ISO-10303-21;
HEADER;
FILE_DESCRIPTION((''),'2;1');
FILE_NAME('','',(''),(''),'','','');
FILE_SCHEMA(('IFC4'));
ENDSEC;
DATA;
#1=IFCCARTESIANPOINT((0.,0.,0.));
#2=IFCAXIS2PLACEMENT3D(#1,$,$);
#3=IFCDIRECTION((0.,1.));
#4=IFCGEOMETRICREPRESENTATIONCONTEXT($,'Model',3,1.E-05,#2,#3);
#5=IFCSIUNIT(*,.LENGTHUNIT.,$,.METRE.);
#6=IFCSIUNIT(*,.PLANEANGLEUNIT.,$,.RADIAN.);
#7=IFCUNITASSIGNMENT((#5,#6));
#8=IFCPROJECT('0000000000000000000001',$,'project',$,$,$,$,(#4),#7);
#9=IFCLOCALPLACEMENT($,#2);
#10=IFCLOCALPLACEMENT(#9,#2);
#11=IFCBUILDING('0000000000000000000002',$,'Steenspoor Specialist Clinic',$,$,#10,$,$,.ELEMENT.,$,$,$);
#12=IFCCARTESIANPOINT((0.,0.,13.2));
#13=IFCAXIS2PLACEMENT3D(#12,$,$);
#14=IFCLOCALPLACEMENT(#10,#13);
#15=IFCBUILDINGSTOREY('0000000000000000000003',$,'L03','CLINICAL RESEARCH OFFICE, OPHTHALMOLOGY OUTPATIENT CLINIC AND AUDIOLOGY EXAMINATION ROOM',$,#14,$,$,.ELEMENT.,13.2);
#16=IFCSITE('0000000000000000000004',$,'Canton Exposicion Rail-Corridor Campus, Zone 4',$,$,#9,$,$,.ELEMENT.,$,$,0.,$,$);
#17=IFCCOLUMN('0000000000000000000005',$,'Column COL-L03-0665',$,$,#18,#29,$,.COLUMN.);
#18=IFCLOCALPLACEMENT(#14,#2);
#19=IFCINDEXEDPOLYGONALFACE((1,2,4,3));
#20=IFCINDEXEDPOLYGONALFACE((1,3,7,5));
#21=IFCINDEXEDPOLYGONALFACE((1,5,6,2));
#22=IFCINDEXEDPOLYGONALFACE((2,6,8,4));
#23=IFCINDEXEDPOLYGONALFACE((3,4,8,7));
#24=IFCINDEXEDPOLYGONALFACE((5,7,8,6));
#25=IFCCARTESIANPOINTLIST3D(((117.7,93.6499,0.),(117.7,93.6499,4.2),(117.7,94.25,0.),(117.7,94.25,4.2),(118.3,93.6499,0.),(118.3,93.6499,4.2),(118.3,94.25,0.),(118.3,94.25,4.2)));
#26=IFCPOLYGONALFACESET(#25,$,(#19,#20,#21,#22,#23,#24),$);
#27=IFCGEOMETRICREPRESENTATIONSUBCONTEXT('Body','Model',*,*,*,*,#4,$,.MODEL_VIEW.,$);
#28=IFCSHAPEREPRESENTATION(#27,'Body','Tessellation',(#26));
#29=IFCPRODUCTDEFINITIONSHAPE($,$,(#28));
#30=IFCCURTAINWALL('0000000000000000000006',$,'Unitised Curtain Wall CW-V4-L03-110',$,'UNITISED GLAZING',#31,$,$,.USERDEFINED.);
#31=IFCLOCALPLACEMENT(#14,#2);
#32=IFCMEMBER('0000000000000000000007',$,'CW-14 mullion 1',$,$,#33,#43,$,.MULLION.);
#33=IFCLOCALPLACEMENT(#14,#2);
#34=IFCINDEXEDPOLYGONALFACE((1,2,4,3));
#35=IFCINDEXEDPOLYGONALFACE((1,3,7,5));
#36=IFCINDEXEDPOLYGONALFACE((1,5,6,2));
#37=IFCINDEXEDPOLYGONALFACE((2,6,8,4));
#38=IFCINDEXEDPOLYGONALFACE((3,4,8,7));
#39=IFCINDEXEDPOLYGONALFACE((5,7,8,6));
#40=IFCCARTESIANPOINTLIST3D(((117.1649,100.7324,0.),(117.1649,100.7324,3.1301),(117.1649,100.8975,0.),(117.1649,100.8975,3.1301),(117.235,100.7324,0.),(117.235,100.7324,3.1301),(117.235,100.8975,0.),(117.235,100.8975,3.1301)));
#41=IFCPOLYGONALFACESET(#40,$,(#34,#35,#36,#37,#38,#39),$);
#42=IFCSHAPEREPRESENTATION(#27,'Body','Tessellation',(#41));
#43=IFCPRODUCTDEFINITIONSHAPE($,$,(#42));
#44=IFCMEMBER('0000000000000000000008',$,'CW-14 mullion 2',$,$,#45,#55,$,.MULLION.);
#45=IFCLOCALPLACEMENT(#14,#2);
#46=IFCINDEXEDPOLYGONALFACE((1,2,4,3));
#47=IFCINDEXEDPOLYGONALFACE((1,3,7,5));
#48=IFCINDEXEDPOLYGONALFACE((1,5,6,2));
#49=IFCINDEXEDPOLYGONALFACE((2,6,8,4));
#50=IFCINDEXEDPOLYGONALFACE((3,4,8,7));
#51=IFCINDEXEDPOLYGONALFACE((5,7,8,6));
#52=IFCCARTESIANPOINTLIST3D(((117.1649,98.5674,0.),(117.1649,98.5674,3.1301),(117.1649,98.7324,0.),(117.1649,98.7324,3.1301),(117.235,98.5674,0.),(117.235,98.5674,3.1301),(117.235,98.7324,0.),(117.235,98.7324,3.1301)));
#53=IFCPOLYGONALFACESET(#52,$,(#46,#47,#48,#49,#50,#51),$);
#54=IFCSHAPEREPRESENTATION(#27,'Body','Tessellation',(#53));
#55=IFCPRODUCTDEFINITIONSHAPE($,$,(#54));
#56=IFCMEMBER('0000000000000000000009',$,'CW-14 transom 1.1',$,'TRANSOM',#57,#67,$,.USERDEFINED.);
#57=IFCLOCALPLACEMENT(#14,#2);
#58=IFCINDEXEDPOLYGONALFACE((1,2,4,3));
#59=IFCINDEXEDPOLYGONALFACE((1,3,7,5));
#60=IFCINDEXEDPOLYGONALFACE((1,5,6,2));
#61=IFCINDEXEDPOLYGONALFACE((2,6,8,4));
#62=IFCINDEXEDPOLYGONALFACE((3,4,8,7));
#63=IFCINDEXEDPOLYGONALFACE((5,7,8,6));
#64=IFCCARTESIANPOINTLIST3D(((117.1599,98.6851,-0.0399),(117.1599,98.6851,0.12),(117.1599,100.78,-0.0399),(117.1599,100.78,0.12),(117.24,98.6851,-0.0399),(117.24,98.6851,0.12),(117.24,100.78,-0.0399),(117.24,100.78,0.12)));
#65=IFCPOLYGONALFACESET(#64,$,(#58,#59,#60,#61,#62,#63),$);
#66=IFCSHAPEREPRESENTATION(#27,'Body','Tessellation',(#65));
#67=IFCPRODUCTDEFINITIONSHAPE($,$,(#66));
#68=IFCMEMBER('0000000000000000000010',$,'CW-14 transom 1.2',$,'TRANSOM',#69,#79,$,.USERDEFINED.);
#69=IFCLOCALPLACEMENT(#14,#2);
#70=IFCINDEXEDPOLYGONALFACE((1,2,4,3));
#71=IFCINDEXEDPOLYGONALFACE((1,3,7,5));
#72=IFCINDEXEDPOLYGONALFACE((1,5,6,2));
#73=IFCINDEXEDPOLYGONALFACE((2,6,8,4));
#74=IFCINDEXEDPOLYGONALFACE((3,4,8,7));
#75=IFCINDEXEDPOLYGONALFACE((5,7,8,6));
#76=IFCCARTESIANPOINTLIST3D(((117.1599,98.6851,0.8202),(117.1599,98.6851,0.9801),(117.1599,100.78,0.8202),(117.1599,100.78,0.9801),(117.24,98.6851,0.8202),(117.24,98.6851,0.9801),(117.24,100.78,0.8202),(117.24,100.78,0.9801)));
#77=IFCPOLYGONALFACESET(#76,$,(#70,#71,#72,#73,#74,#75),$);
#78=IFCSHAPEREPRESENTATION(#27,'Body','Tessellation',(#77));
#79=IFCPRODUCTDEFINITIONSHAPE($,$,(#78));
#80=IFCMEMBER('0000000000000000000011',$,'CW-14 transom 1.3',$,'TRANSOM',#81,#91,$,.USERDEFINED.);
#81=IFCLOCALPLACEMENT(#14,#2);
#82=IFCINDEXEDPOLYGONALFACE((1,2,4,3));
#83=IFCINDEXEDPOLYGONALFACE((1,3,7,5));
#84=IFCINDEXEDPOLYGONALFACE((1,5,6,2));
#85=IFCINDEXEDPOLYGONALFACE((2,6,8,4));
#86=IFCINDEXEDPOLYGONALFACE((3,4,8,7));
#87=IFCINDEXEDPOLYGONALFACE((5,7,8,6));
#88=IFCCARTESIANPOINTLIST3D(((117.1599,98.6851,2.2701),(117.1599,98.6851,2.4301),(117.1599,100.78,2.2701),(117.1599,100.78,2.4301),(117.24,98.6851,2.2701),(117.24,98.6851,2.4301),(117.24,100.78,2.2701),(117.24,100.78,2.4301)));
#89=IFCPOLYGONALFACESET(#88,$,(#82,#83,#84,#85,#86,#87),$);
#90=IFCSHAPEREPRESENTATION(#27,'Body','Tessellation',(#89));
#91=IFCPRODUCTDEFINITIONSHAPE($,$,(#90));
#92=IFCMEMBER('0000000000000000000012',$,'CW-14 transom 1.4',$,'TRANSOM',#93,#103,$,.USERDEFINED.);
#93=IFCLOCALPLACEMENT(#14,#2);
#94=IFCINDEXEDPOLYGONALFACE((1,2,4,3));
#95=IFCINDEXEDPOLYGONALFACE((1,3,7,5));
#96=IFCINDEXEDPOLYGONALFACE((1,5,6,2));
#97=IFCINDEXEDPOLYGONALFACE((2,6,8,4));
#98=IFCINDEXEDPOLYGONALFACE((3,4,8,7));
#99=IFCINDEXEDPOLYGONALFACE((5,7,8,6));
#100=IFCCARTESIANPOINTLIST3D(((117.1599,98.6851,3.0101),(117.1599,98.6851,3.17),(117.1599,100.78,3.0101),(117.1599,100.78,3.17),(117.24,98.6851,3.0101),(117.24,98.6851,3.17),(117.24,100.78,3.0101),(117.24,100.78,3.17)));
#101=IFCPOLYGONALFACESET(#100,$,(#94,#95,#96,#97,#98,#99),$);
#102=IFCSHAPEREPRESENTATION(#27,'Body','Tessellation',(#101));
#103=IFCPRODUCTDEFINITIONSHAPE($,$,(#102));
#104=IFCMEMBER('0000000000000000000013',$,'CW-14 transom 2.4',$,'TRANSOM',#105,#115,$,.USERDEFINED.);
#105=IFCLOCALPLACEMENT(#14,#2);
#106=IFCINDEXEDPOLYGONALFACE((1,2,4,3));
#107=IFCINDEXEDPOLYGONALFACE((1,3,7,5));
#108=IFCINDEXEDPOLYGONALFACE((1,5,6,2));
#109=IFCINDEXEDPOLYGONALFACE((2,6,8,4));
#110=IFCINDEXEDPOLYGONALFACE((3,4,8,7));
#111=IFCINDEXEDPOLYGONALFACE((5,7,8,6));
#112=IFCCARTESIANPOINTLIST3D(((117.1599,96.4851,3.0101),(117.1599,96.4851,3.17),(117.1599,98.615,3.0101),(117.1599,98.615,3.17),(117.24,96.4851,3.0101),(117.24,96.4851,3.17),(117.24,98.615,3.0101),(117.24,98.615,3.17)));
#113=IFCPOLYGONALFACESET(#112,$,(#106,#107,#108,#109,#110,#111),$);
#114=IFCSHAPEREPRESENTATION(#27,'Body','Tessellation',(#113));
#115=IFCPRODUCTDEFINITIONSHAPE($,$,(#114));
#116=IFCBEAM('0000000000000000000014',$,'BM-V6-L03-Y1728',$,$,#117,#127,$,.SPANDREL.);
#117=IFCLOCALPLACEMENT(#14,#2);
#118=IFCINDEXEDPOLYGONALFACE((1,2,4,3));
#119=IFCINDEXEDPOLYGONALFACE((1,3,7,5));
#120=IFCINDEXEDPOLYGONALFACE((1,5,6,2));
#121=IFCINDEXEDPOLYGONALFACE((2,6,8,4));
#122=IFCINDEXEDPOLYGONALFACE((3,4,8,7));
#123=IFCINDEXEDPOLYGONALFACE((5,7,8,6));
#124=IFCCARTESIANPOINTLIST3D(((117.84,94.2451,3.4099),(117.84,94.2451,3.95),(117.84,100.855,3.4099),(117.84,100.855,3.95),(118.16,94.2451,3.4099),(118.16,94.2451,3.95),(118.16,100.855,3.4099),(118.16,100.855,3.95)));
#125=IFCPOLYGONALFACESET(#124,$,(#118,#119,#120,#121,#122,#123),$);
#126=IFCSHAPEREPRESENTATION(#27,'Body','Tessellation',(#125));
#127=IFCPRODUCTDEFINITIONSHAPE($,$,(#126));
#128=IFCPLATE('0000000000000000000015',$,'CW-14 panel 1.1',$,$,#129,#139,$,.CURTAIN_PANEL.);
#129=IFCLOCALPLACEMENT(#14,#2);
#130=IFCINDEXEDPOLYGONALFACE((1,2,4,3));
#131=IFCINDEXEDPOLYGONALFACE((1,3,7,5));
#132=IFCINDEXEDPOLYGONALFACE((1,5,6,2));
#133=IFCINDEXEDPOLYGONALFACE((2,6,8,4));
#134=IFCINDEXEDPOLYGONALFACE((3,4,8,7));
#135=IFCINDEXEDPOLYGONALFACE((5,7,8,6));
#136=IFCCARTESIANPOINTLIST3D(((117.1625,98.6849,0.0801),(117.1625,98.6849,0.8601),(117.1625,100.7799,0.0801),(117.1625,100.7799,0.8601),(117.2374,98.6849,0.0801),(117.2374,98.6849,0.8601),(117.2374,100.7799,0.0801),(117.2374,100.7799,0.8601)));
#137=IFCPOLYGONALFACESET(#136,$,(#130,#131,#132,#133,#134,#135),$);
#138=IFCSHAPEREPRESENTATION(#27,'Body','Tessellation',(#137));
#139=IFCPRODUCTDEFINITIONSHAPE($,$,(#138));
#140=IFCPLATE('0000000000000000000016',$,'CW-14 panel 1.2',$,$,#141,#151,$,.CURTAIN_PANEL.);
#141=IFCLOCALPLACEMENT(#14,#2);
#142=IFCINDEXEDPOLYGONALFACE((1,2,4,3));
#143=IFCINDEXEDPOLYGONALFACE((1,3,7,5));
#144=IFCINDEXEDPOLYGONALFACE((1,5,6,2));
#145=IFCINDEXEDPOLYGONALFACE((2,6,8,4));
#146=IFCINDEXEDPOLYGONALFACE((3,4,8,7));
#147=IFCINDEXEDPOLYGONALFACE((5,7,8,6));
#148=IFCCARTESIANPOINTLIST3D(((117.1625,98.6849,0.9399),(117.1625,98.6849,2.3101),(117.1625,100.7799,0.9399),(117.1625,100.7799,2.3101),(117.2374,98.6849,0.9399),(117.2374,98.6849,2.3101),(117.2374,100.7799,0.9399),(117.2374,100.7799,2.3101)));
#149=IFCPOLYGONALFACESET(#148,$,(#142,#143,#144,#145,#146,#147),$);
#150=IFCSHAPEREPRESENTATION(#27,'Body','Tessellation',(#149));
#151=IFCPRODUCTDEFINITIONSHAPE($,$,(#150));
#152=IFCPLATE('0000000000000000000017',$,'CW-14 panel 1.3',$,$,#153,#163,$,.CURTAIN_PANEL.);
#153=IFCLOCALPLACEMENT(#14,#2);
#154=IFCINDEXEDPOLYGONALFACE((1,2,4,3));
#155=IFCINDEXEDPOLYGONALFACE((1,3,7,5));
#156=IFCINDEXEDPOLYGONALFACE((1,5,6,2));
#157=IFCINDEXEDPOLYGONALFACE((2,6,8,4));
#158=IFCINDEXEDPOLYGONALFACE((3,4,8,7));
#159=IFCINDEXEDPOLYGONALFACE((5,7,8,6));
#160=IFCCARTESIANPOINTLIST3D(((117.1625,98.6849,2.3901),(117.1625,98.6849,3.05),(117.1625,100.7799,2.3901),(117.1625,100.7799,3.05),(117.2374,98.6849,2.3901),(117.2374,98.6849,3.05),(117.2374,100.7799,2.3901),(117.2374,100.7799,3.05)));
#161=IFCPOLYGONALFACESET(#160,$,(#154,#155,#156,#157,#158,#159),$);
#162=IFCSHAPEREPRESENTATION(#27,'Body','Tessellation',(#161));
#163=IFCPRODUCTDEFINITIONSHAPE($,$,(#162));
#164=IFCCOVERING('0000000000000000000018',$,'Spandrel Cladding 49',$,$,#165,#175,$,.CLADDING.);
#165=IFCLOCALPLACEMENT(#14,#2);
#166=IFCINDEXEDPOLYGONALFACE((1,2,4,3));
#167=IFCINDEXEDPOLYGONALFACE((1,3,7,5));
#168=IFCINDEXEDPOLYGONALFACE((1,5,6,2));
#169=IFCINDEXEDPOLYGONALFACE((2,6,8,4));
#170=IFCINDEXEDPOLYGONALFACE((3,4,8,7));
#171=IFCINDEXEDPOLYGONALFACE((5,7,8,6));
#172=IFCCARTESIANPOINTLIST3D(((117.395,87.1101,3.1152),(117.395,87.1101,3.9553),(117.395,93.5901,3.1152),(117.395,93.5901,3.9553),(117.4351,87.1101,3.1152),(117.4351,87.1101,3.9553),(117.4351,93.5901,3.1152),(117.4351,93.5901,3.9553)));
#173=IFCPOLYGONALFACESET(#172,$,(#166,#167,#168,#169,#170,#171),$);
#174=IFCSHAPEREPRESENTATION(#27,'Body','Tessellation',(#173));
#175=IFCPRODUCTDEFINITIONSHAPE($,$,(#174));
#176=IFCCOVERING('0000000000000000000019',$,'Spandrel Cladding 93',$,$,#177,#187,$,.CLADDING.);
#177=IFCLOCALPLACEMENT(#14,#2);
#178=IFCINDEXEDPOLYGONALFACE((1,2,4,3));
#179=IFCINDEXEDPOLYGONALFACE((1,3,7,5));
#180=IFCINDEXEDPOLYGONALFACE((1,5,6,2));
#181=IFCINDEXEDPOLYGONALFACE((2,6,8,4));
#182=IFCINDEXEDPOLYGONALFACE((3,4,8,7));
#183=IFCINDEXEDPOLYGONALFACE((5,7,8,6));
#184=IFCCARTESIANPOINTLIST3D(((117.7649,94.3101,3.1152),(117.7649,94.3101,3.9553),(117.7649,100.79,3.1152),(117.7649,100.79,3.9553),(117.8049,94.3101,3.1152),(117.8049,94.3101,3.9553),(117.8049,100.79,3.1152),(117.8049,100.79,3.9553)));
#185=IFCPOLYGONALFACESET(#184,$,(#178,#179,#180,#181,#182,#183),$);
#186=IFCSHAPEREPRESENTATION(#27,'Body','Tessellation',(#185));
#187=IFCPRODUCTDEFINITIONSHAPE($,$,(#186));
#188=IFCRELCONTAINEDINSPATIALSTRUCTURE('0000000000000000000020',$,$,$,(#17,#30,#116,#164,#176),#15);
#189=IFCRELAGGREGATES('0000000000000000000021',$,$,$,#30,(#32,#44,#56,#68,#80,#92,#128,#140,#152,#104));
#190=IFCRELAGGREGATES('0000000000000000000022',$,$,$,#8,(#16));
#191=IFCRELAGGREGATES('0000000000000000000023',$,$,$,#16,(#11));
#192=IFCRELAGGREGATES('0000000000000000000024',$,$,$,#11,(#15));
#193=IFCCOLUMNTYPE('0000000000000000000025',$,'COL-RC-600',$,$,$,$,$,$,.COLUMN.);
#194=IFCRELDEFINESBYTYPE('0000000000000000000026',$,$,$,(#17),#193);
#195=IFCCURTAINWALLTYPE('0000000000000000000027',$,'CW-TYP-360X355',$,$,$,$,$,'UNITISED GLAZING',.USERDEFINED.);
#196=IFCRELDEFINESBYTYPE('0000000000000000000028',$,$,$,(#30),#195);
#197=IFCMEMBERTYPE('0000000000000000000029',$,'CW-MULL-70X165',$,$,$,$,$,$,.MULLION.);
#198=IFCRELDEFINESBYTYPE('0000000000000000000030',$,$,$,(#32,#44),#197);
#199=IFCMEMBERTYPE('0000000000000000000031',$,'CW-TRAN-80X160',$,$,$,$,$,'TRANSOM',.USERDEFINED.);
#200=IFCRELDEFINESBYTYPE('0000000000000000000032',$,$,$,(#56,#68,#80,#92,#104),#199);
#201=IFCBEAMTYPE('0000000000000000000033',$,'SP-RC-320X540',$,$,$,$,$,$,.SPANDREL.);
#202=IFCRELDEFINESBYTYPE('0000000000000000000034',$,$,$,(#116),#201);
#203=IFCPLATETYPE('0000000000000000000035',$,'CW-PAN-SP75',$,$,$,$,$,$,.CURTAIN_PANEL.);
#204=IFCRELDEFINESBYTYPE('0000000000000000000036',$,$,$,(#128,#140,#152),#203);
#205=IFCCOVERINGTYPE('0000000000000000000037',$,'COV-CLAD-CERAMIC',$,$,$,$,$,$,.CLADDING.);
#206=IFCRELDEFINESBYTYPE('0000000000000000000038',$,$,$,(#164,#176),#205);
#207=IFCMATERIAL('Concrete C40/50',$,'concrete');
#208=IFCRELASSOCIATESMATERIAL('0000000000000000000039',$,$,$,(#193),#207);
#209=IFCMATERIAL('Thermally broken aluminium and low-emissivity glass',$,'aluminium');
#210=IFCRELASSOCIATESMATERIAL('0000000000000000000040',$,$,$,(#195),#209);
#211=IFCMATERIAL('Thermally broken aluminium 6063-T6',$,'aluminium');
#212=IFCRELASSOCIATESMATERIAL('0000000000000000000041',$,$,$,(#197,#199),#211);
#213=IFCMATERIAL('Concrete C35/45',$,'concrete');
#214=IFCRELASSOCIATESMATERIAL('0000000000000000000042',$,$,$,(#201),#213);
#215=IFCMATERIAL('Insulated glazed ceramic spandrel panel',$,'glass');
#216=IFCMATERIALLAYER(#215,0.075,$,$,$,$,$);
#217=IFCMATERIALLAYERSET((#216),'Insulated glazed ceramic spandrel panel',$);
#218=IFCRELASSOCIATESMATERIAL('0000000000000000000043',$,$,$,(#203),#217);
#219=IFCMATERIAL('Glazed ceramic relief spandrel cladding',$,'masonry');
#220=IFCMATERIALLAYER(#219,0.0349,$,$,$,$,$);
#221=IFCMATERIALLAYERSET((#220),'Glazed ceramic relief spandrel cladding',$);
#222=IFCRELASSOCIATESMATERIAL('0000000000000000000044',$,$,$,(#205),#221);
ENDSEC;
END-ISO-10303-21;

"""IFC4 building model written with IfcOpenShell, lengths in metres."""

from ifc_helpers import new_model, si_unit, direction, frame, origin, origin_2d, place, context, subcontext, project, spatial, rectangle, extrude, material, layer, layer_set, material_profile, profile_set, type_object, element, aggregate, save


model = new_model("IFC4")

# Units and contexts
model_context = context("Model", 3, precision=1e-05, world=origin(), true_north=direction((0.0, 1.0)))
body_context = subcontext(model_context, "Body", "Model", "MODEL_VIEW")
ifc_project = project(units=[si_unit("LENGTHUNIT", "METRE"), si_unit("PLANEANGLEUNIT", "RADIAN")], contexts=[model_context])

# Site, building, storey
site_placement = place(None, origin())
site = spatial("IfcSite", under=ifc_project, at=site_placement, Name="Canton Exposicion Rail-Corridor Campus, Zone 4", CompositionType="ELEMENT", RefElevation=0.0)
building_placement = place(site_placement, origin())
building = spatial("IfcBuilding", under=site, at=building_placement, Name="Steenspoor Specialist Clinic", CompositionType="ELEMENT")
storey_placement = place(building_placement, frame((0.0, 0.0, 13.2)))
storey = spatial("IfcBuildingStorey", under=building, at=storey_placement, Name="L03", Description="CLINICAL RESEARCH OFFICE, OPHTHALMOLOGY OUTPATIENT CLINIC AND AUDIOLOGY EXAMINATION ROOM", CompositionType="ELEMENT", Elevation=13.2)

# Column
ifc_material_1 = material(Name="Concrete C40/50", Category="concrete")
ifc_material_profile_1 = material_profile(ifc_material_1, rectangle(XDim=0.6001, YDim=0.6001, at=origin_2d()), Name="RC-COL-600X600")
ifc_profile_set_1 = profile_set([ifc_material_profile_1], Name="Concrete C40/50")
column_type = type_object("IfcColumnType", Name="COL-RC-600", PredefinedType="COLUMN", material=ifc_profile_set_1)
column_placement = place(storey_placement, frame((118.0, 93.95, 0.0), z_axis=(0.0, 0.0, 1.0), x_axis=(1.0, 0.0, 0.0)))
element("IfcColumn", 1, at=column_placement, inside=storey, type_object=column_type, Name="Column COL-L03-0665", PredefinedType="COLUMN", context=body_context, shape_type="SweptSolid", body=[
    extrude(rectangle(XDim=0.6001, YDim=0.6001, at=origin_2d()), origin(), (0.0, 0.0, 1.0), 4.2),
])

# Curtain wall, members
ifc_material_2 = material(Name="Thermally broken aluminium and low-emissivity glass", Category="aluminium")
curtain_wall_type = type_object("IfcCurtainWallType", Name="CW-TYP-360X355", ElementType="UNITISED GLAZING", PredefinedType="USERDEFINED", material=ifc_material_2)
curtain_wall_placement = place(storey_placement, origin())
curtain_wall = element("IfcCurtainWall", 2, at=curtain_wall_placement, inside=storey, type_object=curtain_wall_type, Name="Unitised Curtain Wall CW-V4-L03-110", ObjectType="UNITISED GLAZING", PredefinedType="USERDEFINED")
ifc_material_3 = material(Name="Thermally broken aluminium 6063-T6", Category="aluminium")
ifc_material_profile_2 = material_profile(ifc_material_3, rectangle(XDim=0.0701, YDim=0.165, at=origin_2d()), Name="CWM-70X165")
ifc_profile_set_2 = profile_set([ifc_material_profile_2], Name="Thermally broken aluminium 6063-T6")
member_type_1 = type_object("IfcMemberType", Name="CW-MULL-70X165", PredefinedType="MULLION", material=ifc_profile_set_2)
member_1_placement = place(storey_placement, frame((117.2, 100.8149, 0.0), z_axis=(0.0, 0.0, 1.0), x_axis=(1.0, 0.0, 0.0)))
member_1 = element("IfcMember", 3, at=member_1_placement, type_object=member_type_1, Name="CW-14 mullion 1", PredefinedType="MULLION", context=body_context, shape_type="SweptSolid", body=[
    extrude(rectangle(XDim=0.0701, YDim=0.165, at=origin_2d()), origin(), (0.0, 0.0, 1.0), 3.1301),
])
member_2_placement = place(storey_placement, frame((117.2, 98.6499, 0.0), z_axis=(0.0, 0.0, 1.0), x_axis=(1.0, 0.0, 0.0)))
member_2 = element("IfcMember", 4, at=member_2_placement, type_object=member_type_1, Name="CW-14 mullion 2", PredefinedType="MULLION", context=body_context, shape_type="SweptSolid", body=[
    extrude(rectangle(XDim=0.0701, YDim=0.165, at=origin_2d()), origin(), (0.0, 0.0, 1.0), 3.1301),
])
ifc_material_profile_3 = material_profile(ifc_material_3, rectangle(XDim=0.0801, YDim=0.1599, at=origin_2d()), Name="CWT-80X160")
ifc_profile_set_3 = profile_set([ifc_material_profile_3], Name="Thermally broken aluminium 6063-T6")
member_type_2 = type_object("IfcMemberType", Name="CW-TRAN-80X160", ElementType="TRANSOM", PredefinedType="USERDEFINED", material=ifc_profile_set_3)
member_3_placement = place(storey_placement, frame((117.2, 100.78, 0.04), z_axis=(0.0, -1.0, 0.0), x_axis=(1.0, 0.0, 0.0)))
member_3 = element("IfcMember", 5, at=member_3_placement, type_object=member_type_2, Name="CW-14 transom 1.1", ObjectType="TRANSOM", PredefinedType="USERDEFINED", context=body_context, shape_type="SweptSolid", body=[
    extrude(rectangle(XDim=0.0801, YDim=0.1599, at=origin_2d()), origin(), (0.0, 0.0, 1.0), 2.095),
])
member_4_placement = place(storey_placement, frame((117.2, 100.78, 0.9001), z_axis=(0.0, -1.0, 0.0), x_axis=(1.0, 0.0, 0.0)))
member_4 = element("IfcMember", 6, at=member_4_placement, type_object=member_type_2, Name="CW-14 transom 1.2", ObjectType="TRANSOM", PredefinedType="USERDEFINED", context=body_context, shape_type="SweptSolid", body=[
    extrude(rectangle(XDim=0.0801, YDim=0.1599, at=origin_2d()), origin(), (0.0, 0.0, 1.0), 2.095),
])
member_5_placement = place(storey_placement, frame((117.2, 100.78, 2.3501), z_axis=(0.0, -1.0, 0.0), x_axis=(1.0, 0.0, 0.0)))
member_5 = element("IfcMember", 7, at=member_5_placement, type_object=member_type_2, Name="CW-14 transom 1.3", ObjectType="TRANSOM", PredefinedType="USERDEFINED", context=body_context, shape_type="SweptSolid", body=[
    extrude(rectangle(XDim=0.0801, YDim=0.1599, at=origin_2d()), origin(), (0.0, 0.0, 1.0), 2.095),
])
member_6_placement = place(storey_placement, frame((117.2, 100.78, 3.0901), z_axis=(0.0, -1.0, 0.0), x_axis=(1.0, 0.0, 0.0)))
member_6 = element("IfcMember", 8, at=member_6_placement, type_object=member_type_2, Name="CW-14 transom 1.4", ObjectType="TRANSOM", PredefinedType="USERDEFINED", context=body_context, shape_type="SweptSolid", body=[
    extrude(rectangle(XDim=0.0801, YDim=0.1599, at=origin_2d()), origin(), (0.0, 0.0, 1.0), 2.095),
])
member_7_placement = place(storey_placement, frame((117.2, 98.615, 3.0901), z_axis=(0.0, -1.0, 0.0), x_axis=(1.0, 0.0, 0.0)))
member_7 = element("IfcMember", 9, at=member_7_placement, type_object=member_type_2, Name="CW-14 transom 2.4", ObjectType="TRANSOM", PredefinedType="USERDEFINED", context=body_context, shape_type="SweptSolid", body=[
    extrude(rectangle(XDim=0.0801, YDim=0.1599, at=origin_2d()), origin(), (0.0, 0.0, 1.0), 2.1299),
])

# Beam
ifc_material_4 = material(Name="Concrete C35/45", Category="concrete")
ifc_material_profile_4 = material_profile(ifc_material_4, rectangle(XDim=0.3201, YDim=0.54, at=origin_2d()), Name="RC-SP-320X540")
ifc_profile_set_4 = profile_set([ifc_material_profile_4], Name="Concrete C35/45")
beam_type = type_object("IfcBeamType", Name="SP-RC-320X540", PredefinedType="SPANDREL", material=ifc_profile_set_4)
beam_placement = place(storey_placement, frame((118.0, 94.2451, 3.6799), z_axis=(0.0, 1.0, 0.0), x_axis=(-1.0, 0.0, 0.0)))
element("IfcBeam", 10, at=beam_placement, inside=storey, type_object=beam_type, Name="BM-V6-L03-Y1728", PredefinedType="SPANDREL", context=body_context, shape_type="SweptSolid", body=[
    extrude(rectangle(XDim=0.3201, YDim=0.54, at=origin_2d()), origin(), (0.0, 0.0, 1.0), 6.6099),
])

# Plates
ifc_material_5 = material(Name="Insulated glazed ceramic spandrel panel", Category="glass")
ifc_layer_1 = layer(ifc_material_5, 0.075)
ifc_layer_set_1 = layer_set([ifc_layer_1], Name="Insulated glazed ceramic spandrel panel")
plate_type = type_object("IfcPlateType", Name="CW-PAN-SP75", PredefinedType="CURTAIN_PANEL", material=ifc_layer_set_1)
plate_1_placement = place(storey_placement, frame((117.2, 99.7324, 0.0801), z_axis=(0.0, 0.0, 1.0), x_axis=(0.0, -1.0, 0.0)))
plate_1 = element("IfcPlate", 11, at=plate_1_placement, type_object=plate_type, Name="CW-14 panel 1.1", PredefinedType="CURTAIN_PANEL", context=body_context, shape_type="SweptSolid", body=[
    extrude(rectangle(XDim=2.095, YDim=0.075, at=origin_2d()), origin(), (0.0, 0.0, 1.0), 0.78),
])
plate_2_placement = place(storey_placement, frame((117.2, 99.7324, 0.9399), z_axis=(0.0, 0.0, 1.0), x_axis=(0.0, -1.0, 0.0)))
plate_2 = element("IfcPlate", 12, at=plate_2_placement, type_object=plate_type, Name="CW-14 panel 1.2", PredefinedType="CURTAIN_PANEL", context=body_context, shape_type="SweptSolid", body=[
    extrude(rectangle(XDim=2.095, YDim=0.075, at=origin_2d()), origin(), (0.0, 0.0, 1.0), 1.3701),
])
plate_3_placement = place(storey_placement, frame((117.2, 99.7324, 2.3901), z_axis=(0.0, 0.0, 1.0), x_axis=(0.0, -1.0, 0.0)))
plate_3 = element("IfcPlate", 13, at=plate_3_placement, type_object=plate_type, Name="CW-14 panel 1.3", PredefinedType="CURTAIN_PANEL", context=body_context, shape_type="SweptSolid", body=[
    extrude(rectangle(XDim=2.095, YDim=0.075, at=origin_2d()), origin(), (0.0, 0.0, 1.0), 0.6599),
])
aggregate(curtain_wall, [member_1, member_2, member_3, member_4, member_5, member_6, plate_1, plate_2, plate_3, member_7])

# Coverings
ifc_material_6 = material(Name="Glazed ceramic relief spandrel cladding", Category="masonry")
ifc_layer_2 = layer(ifc_material_6, 0.0349)
ifc_layer_set_2 = layer_set([ifc_layer_2], Name="Glazed ceramic relief spandrel cladding")
covering_type = type_object("IfcCoveringType", Name="COV-CLAD-CERAMIC", PredefinedType="CLADDING", material=ifc_layer_set_2)
for number, where, z_axis, x_axis, name in (
    (14, (117.415, 90.3501, 3.1152), (0.0, 0.0, 1.0), (0.0, -1.0, 0.0), "Spandrel Cladding 49"),
    (15, (117.7849, 97.55, 3.1152), (0.0, 0.0, 1.0), (0.0, 1.0, 0.0), "Spandrel Cladding 93"),
):
    element("IfcCovering", number, at=place(storey_placement, frame(where, z_axis=z_axis, x_axis=x_axis)), inside=storey, type_object=covering_type, Name=name, PredefinedType="CLADDING", context=body_context, shape_type="SweptSolid", body=[
        extrude(rectangle(XDim=6.48, YDim=0.04, at=origin_2d()), origin(), (0.0, 0.0, 1.0), 0.8401),
    ])

save(model, "model.ifc")
